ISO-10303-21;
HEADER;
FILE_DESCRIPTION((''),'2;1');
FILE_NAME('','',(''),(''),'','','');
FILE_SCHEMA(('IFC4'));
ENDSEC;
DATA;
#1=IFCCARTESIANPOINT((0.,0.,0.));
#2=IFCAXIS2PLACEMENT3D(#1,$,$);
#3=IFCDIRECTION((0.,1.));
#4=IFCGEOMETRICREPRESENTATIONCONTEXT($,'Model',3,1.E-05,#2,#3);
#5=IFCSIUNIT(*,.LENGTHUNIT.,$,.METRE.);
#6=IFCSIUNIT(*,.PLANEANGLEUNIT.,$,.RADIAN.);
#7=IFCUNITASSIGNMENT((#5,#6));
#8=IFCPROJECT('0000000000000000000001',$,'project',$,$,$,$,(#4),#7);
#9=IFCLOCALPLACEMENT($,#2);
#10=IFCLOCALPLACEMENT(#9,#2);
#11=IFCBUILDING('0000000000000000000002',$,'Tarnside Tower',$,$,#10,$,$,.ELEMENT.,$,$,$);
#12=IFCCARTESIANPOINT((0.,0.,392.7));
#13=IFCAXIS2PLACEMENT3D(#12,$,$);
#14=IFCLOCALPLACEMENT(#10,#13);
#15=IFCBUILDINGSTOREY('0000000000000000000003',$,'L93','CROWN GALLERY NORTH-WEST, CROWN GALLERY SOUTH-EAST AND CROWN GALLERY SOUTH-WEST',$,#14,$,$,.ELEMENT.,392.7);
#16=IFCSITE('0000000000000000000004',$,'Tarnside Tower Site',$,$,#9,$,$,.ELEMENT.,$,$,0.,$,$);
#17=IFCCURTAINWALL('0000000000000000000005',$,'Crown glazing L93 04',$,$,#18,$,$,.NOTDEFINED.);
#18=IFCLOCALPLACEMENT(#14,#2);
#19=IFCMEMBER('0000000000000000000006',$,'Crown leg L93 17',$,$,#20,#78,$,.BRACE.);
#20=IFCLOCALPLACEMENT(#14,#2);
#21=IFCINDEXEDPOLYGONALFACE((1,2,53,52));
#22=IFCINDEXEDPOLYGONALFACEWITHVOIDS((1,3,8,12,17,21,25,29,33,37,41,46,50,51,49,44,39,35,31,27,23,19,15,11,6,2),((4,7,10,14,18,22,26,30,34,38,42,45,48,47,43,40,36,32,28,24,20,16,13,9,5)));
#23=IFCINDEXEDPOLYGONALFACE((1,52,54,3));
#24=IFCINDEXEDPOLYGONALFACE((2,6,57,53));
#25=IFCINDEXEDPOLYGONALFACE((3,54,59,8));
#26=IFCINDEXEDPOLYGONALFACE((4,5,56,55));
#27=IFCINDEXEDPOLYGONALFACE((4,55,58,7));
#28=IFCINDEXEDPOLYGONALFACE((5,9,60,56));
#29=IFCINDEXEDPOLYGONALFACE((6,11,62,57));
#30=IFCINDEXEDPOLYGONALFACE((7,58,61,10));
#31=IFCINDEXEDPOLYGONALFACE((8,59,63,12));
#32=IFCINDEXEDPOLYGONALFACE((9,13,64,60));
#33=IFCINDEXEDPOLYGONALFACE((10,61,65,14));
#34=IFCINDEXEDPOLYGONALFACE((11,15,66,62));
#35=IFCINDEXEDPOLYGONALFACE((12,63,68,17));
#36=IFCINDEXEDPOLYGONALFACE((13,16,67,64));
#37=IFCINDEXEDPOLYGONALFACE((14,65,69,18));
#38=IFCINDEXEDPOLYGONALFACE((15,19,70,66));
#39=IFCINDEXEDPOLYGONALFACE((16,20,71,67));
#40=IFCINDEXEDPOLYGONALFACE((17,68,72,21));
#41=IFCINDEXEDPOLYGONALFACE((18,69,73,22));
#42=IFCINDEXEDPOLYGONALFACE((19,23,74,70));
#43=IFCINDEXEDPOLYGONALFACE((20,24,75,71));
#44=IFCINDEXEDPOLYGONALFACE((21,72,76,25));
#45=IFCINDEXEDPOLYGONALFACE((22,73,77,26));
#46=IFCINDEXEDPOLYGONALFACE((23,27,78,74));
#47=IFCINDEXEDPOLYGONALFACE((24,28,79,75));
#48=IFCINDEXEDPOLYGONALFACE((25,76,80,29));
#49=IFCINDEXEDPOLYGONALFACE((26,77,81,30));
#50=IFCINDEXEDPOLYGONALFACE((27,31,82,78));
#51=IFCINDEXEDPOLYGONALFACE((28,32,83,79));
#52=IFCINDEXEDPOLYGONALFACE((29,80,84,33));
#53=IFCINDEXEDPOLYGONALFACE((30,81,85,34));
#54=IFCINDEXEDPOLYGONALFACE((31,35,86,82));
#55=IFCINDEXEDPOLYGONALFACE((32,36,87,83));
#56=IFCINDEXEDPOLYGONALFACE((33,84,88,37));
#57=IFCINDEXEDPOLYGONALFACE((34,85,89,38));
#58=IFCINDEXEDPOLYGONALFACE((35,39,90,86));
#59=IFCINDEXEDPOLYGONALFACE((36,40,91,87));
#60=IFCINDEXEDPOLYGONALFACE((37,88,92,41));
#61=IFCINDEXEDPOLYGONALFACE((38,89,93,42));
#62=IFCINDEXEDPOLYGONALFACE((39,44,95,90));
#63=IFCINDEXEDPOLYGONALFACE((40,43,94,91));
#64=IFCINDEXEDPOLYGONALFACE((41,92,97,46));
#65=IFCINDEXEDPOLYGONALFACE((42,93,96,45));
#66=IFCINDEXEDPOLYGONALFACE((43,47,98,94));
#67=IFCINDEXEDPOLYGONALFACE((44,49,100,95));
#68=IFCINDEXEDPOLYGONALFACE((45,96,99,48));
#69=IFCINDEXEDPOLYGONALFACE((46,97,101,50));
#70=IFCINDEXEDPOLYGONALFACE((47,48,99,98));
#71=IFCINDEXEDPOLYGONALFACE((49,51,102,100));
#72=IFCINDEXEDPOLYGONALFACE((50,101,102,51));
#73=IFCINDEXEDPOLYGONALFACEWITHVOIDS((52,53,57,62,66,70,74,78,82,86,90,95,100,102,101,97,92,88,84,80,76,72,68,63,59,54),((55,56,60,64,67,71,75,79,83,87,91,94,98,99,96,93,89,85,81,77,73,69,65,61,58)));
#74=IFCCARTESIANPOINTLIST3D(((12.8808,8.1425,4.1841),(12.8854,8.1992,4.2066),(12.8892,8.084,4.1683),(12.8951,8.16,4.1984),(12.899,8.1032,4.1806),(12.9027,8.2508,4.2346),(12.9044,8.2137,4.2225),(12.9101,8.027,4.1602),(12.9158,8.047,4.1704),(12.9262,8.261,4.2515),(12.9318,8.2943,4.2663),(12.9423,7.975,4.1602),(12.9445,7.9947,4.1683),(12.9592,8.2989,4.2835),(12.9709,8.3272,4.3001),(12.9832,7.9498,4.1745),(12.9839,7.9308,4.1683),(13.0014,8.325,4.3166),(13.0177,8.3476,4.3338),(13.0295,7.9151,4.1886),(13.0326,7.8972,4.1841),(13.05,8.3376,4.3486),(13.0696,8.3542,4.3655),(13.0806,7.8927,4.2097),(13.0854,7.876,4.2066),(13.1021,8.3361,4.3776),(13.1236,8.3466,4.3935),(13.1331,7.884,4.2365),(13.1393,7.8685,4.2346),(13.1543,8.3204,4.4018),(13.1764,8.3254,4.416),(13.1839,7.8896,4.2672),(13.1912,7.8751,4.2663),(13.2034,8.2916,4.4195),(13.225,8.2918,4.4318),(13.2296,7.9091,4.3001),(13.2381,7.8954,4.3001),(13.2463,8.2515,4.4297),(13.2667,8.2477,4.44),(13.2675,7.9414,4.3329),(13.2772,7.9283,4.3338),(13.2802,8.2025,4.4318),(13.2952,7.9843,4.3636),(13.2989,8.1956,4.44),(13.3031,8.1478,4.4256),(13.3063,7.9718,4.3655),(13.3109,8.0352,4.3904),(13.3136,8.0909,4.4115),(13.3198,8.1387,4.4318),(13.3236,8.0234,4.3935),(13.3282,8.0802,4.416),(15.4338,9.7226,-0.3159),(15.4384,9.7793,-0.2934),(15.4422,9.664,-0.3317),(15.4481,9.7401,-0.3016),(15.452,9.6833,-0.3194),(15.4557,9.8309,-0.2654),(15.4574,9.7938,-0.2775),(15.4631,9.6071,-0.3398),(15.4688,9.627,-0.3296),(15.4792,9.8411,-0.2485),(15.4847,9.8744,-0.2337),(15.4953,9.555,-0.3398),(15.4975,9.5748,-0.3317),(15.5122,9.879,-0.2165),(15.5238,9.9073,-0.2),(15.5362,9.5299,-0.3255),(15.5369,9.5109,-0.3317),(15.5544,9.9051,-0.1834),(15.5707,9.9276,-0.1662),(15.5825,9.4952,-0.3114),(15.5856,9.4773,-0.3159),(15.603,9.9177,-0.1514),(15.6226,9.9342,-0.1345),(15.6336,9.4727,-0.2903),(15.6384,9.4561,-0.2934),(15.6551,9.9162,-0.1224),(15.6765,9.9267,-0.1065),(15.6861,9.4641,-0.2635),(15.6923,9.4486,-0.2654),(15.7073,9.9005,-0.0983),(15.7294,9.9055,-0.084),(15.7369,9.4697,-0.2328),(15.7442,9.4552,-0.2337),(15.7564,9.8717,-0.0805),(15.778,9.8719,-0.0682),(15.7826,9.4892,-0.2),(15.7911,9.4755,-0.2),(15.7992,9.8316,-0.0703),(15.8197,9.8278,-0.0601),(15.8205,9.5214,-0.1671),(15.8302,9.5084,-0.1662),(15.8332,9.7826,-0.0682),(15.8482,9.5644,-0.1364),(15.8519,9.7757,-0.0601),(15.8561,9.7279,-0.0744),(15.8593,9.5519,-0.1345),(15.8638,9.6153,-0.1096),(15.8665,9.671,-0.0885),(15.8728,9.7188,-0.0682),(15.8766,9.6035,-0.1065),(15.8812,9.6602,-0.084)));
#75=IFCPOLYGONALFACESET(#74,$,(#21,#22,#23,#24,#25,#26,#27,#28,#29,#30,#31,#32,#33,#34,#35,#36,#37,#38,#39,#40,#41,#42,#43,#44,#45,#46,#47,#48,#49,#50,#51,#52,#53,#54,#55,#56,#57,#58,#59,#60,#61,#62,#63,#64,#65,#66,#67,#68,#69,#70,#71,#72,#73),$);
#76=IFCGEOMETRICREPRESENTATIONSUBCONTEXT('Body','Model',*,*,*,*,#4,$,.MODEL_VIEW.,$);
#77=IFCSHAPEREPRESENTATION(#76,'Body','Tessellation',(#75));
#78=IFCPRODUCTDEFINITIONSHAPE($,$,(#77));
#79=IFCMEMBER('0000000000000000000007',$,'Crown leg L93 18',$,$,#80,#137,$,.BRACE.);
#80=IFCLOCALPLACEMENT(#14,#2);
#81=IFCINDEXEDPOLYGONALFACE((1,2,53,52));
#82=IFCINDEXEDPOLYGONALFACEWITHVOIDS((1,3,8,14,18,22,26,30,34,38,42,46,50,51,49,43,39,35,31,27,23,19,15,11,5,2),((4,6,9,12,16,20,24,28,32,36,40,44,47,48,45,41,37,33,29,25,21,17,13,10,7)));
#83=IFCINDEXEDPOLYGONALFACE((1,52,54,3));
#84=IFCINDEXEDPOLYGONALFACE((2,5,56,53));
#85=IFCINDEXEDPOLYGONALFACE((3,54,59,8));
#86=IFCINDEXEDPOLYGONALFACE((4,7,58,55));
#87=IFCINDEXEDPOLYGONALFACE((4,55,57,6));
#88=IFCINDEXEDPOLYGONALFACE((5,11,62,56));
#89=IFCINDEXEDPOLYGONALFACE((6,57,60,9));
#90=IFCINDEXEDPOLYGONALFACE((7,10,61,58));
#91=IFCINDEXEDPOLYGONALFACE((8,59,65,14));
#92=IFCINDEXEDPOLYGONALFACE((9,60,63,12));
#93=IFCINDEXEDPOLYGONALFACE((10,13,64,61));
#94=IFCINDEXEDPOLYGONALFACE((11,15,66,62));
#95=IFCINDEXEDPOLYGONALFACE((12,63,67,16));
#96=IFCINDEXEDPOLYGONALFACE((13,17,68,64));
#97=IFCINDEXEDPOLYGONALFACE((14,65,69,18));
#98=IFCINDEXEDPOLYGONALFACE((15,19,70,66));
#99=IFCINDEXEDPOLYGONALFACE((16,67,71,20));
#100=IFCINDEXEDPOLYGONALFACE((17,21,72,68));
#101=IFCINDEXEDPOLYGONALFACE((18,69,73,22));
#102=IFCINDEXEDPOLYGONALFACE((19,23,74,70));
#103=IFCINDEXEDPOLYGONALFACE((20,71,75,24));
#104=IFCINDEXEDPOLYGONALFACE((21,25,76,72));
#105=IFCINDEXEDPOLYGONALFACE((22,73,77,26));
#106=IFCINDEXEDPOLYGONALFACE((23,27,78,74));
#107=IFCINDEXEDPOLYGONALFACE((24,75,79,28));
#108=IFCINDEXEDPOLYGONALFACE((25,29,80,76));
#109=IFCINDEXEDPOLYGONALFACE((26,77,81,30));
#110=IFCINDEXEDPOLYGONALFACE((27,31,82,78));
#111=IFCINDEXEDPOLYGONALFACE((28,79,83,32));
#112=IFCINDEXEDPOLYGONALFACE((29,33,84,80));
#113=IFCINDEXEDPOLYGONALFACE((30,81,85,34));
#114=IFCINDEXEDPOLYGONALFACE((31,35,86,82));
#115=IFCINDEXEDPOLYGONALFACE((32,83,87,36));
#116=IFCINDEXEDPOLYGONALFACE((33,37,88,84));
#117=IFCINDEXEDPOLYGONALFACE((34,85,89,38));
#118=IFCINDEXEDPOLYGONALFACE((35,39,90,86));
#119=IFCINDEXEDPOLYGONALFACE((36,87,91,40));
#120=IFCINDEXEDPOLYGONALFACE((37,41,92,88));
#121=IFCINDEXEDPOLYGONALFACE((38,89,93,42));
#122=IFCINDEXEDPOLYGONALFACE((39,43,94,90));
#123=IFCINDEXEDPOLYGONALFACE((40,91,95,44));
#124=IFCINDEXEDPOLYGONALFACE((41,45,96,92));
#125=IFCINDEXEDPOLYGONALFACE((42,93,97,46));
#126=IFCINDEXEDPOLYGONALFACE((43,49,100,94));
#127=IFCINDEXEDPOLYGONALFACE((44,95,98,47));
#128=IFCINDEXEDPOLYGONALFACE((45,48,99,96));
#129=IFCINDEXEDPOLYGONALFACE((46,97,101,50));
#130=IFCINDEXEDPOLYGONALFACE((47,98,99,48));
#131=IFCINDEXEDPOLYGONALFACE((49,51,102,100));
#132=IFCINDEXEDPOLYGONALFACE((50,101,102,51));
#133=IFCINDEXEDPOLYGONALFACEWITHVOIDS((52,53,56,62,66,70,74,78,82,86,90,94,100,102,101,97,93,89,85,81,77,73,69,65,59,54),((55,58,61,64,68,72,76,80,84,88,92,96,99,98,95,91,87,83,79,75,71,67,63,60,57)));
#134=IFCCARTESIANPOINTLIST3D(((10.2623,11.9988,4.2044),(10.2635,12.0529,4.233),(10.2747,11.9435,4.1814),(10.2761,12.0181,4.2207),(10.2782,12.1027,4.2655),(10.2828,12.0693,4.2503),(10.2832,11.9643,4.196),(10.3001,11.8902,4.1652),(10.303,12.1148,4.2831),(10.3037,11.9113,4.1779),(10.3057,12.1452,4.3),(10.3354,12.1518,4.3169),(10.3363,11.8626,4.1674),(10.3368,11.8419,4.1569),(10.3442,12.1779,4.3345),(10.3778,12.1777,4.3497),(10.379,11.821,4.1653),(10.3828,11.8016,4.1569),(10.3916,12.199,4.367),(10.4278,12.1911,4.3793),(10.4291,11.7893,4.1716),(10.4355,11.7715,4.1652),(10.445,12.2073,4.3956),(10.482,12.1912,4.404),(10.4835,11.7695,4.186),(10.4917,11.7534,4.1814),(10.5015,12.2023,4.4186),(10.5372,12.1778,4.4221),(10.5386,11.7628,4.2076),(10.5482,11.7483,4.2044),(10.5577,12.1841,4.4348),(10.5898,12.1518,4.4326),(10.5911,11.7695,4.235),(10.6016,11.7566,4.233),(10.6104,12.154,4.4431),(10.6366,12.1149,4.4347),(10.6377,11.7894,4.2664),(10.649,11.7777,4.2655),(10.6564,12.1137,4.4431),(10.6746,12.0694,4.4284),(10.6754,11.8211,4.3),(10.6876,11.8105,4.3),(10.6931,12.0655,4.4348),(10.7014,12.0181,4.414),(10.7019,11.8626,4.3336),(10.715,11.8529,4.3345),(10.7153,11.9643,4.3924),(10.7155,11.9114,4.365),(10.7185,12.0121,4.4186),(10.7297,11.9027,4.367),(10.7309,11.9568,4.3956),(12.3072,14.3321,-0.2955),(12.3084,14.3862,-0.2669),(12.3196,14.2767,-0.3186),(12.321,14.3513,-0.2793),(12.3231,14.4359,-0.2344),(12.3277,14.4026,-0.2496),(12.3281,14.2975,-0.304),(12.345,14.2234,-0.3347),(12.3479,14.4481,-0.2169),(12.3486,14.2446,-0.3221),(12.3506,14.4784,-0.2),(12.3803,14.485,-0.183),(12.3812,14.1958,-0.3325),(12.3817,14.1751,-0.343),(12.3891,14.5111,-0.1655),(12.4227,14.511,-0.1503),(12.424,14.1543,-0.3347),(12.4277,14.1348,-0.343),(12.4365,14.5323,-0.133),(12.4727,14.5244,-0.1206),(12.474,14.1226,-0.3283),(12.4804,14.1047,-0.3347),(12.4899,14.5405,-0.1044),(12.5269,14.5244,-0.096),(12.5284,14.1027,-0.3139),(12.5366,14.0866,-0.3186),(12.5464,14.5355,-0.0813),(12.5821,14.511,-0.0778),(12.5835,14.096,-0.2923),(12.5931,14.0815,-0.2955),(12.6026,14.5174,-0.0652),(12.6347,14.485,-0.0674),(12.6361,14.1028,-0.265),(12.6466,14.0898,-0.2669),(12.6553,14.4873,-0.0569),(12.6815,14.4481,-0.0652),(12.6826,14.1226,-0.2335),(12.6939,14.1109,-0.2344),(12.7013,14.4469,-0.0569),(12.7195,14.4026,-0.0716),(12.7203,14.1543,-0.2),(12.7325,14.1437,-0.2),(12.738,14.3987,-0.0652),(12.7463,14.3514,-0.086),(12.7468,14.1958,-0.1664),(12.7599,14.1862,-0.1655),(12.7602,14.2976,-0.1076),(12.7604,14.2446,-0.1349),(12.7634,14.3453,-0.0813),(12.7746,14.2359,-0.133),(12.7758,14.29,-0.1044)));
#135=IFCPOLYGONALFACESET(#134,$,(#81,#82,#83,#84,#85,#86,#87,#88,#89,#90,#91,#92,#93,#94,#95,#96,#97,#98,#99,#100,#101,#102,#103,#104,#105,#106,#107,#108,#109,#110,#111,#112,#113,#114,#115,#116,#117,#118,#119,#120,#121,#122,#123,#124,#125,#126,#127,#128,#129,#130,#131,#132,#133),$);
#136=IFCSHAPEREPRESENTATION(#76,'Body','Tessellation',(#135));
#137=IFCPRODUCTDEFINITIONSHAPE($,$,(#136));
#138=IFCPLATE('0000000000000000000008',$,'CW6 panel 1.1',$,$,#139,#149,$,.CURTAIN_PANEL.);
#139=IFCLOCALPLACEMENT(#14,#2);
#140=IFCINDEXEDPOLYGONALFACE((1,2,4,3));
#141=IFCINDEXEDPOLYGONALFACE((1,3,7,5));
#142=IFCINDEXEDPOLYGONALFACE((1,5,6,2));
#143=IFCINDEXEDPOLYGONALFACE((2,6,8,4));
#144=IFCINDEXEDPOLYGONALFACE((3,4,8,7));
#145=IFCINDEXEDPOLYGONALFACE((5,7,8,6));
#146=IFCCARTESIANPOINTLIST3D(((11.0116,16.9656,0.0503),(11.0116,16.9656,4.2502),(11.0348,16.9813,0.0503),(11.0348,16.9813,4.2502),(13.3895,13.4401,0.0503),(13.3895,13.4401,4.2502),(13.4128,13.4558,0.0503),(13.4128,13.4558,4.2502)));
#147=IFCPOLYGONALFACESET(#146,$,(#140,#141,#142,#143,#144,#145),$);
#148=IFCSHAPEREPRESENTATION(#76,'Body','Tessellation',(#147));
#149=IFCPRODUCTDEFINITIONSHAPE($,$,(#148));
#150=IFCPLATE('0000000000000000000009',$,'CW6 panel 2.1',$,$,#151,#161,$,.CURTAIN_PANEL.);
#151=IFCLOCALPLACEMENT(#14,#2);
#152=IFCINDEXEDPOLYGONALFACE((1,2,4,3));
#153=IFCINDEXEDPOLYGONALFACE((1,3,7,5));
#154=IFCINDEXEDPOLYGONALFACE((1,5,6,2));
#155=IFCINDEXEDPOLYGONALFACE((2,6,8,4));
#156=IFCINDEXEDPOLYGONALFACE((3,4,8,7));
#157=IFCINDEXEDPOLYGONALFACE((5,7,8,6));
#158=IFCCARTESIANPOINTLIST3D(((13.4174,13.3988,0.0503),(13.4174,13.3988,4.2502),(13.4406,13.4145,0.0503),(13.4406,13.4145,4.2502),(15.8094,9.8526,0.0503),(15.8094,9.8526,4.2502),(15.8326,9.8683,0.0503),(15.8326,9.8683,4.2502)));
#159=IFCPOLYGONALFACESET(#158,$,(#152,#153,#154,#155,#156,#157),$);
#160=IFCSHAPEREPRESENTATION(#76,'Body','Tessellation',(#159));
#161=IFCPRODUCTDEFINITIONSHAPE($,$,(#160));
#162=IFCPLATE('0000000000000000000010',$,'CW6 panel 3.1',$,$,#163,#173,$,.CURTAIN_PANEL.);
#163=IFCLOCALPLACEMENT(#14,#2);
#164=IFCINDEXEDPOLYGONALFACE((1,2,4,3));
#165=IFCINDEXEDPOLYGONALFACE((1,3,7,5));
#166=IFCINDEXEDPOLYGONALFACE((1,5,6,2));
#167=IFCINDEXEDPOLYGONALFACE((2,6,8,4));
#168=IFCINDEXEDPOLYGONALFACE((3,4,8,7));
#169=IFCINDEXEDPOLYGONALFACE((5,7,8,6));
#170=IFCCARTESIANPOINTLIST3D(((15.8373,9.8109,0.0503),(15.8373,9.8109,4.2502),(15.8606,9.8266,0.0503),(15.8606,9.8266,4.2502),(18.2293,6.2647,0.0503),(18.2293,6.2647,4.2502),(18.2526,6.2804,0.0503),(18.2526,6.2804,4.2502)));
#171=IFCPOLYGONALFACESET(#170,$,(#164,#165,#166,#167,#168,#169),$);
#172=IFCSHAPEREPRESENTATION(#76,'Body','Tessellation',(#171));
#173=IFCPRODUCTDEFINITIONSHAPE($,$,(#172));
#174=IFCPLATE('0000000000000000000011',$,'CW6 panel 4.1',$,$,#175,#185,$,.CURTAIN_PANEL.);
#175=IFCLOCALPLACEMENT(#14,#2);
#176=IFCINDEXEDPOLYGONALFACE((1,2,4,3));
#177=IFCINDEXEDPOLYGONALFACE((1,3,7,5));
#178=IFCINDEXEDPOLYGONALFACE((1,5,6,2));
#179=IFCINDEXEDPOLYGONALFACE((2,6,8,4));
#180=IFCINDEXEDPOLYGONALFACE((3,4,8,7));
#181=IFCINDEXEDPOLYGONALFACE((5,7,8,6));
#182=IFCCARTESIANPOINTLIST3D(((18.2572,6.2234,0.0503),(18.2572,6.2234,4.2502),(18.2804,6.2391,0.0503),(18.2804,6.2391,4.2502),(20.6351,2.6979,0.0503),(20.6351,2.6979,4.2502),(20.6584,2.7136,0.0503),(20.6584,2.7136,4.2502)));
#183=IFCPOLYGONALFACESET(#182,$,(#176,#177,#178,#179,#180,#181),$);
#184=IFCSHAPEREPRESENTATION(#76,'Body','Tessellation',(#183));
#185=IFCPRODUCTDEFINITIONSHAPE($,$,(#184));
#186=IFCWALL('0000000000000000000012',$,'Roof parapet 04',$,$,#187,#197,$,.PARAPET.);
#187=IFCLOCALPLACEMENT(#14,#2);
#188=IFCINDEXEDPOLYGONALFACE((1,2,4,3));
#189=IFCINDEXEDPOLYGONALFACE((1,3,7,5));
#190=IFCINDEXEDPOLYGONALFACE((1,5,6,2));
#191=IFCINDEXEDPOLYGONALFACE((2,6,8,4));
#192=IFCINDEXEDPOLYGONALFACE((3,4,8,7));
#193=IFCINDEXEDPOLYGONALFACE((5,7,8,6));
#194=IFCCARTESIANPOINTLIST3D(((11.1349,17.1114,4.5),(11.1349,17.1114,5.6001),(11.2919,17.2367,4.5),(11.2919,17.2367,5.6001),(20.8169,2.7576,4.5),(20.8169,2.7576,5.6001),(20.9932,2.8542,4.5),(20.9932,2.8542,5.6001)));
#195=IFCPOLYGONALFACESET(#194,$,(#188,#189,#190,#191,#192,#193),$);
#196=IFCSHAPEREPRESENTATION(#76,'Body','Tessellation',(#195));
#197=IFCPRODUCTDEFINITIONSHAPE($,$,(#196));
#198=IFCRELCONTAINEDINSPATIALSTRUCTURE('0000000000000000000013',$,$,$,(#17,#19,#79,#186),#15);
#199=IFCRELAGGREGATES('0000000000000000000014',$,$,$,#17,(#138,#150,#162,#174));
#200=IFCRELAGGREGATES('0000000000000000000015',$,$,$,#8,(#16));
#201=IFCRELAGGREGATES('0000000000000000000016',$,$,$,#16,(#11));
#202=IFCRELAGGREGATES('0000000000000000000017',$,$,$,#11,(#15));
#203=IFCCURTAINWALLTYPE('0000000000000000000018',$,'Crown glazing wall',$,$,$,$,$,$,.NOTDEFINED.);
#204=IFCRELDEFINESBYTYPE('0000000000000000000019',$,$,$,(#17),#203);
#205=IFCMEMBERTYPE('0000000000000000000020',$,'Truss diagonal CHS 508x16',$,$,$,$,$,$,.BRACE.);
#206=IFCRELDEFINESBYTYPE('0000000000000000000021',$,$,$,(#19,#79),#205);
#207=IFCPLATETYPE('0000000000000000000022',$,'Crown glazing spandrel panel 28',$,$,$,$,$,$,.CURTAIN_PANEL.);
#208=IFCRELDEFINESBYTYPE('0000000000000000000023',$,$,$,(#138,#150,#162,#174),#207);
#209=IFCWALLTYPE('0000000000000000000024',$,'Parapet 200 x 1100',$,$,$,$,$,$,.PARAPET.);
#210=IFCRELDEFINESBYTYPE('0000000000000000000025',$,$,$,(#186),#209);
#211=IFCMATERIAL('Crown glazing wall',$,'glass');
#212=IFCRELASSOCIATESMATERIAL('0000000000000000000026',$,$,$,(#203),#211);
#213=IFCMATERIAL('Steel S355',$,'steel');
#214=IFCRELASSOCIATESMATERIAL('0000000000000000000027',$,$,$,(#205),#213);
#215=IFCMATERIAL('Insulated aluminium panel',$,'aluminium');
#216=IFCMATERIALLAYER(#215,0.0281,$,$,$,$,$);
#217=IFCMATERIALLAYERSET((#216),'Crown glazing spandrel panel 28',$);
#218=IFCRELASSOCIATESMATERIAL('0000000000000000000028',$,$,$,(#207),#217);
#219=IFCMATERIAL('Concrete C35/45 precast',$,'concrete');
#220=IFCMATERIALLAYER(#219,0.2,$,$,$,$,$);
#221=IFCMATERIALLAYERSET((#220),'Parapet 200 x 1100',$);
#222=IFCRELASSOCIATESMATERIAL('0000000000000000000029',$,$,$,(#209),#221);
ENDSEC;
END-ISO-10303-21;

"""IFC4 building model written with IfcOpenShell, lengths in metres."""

from ifc_helpers import new_model, si_unit, direction, frame, origin, origin_2d, place, context, subcontext, project, spatial, polyline, rectangle, hollow_circle, outline, extrude, material, layer, layer_set, material_profile, profile_set, type_object, element, aggregate, save


model = new_model("IFC4")

# Units and contexts
model_context = context("Model", 3, precision=1e-05, world=origin(), true_north=direction((0.0, 1.0)))
body_context = subcontext(model_context, "Body", "Model", "MODEL_VIEW")
ifc_project = project(units=[si_unit("LENGTHUNIT", "METRE"), si_unit("PLANEANGLEUNIT", "RADIAN")], contexts=[model_context])

# Site, building, storey
site_placement = place(None, origin())
site = spatial("IfcSite", under=ifc_project, at=site_placement, Name="Tarnside Tower Site", CompositionType="ELEMENT", RefElevation=0.0)
building_placement = place(site_placement, origin())
building = spatial("IfcBuilding", under=site, at=building_placement, Name="Tarnside Tower", CompositionType="ELEMENT")
storey_placement = place(building_placement, frame((0.0, 0.0, 392.7)))
storey = spatial("IfcBuildingStorey", under=building, at=storey_placement, Name="L93", Description="CROWN GALLERY NORTH-WEST, CROWN GALLERY SOUTH-EAST AND CROWN GALLERY SOUTH-WEST", CompositionType="ELEMENT", Elevation=392.7)

# Curtain wall
ifc_material_1 = material(Name="Crown glazing wall", Category="glass")
curtain_wall_type = type_object("IfcCurtainWallType", Name="Crown glazing wall", PredefinedType="NOTDEFINED", material=ifc_material_1)
curtain_wall_placement = place(storey_placement, origin())
curtain_wall = element("IfcCurtainWall", 1, at=curtain_wall_placement, inside=storey, type_object=curtain_wall_type, Name="Crown glazing L93 04", PredefinedType="NOTDEFINED")

# Shared definitions
ifc_material_2 = material(Name="Steel S355", Category="steel")

# Members
ifc_material_profile_1 = material_profile(ifc_material_2, hollow_circle(Radius=0.2539, WallThickness=0.0161, at=origin_2d()), Name="CHS 508x16")
ifc_profile_set_1 = profile_set([ifc_material_profile_1], Name="Steel S355")
member_type_1 = type_object("IfcMemberType", Name="Truss diagonal CHS 508x16", PredefinedType="BRACE", material=ifc_profile_set_1)
member_1_placement = place(storey_placement, frame((15.6575, 9.6914, -0.2), z_axis=(-0.47193, -0.292085, 0.831846), x_axis=(0.526273, -0.850315, 0.0)))
element("IfcMember", 2, at=member_1_placement, inside=storey, type_object=member_type_1, Name="Crown leg L93 17", PredefinedType="BRACE", context=body_context, shape_type="SweptSolid", body=[
    extrude(hollow_circle(Radius=0.2539, WallThickness=0.0161, at=origin_2d()), origin(), (0.0, 0.0, 1.0), 5.4097),
])
member_2_placement = place(storey_placement, frame((12.5415, 14.311, -0.2), z_axis=(-0.374125, -0.426876, 0.82329), x_axis=(0.752045, -0.659112, 0.0)))
element("IfcMember", 3, at=member_2_placement, inside=storey, type_object=member_type_1, Name="Crown leg L93 18", PredefinedType="BRACE", context=body_context, shape_type="SweptSolid", body=[
    extrude(hollow_circle(Radius=0.2539, WallThickness=0.0161, at=origin_2d()), origin(), (0.0, 0.0, 1.0), 5.4658),
])

# Plates
ifc_material_3 = material(Name="Insulated aluminium panel", Category="aluminium")
ifc_layer_1 = layer(ifc_material_3, 0.0281)
ifc_layer_set_1 = layer_set([ifc_layer_1], Name="Crown glazing spandrel panel 28")
plate_type = type_object("IfcPlateType", Name="Crown glazing spandrel panel 28", PredefinedType="CURTAIN_PANEL", material=ifc_layer_set_1)
plate_1_placement = place(storey_placement, frame((12.2122, 15.2107, 0.0503), z_axis=(0.0, 0.0, 1.0), x_axis=(0.559193, -0.829038, 0.0)))
plate_1 = element("IfcPlate", 4, at=plate_1_placement, type_object=plate_type, Name="CW6 panel 1.1", PredefinedType="CURTAIN_PANEL", context=body_context, shape_type="SweptSolid", body=[
    extrude(rectangle(XDim=4.2524, YDim=0.0281, at=origin_2d()), origin(), (0.0, 0.0, 1.0), 4.2),
])
plate_2_placement = place(storey_placement, frame((14.625, 11.6335, 0.0503), z_axis=(0.0, 0.0, 1.0), x_axis=(0.559193, -0.829038, 0.0)))
plate_2 = element("IfcPlate", 5, at=plate_2_placement, type_object=plate_type, Name="CW6 panel 2.1", PredefinedType="CURTAIN_PANEL", context=body_context, shape_type="SweptSolid", body=[
    extrude(rectangle(XDim=4.2776, YDim=0.0281, at=origin_2d()), origin(), (0.0, 0.0, 1.0), 4.2),
])
plate_3_placement = place(storey_placement, frame((17.0449, 8.0457, 0.0503), z_axis=(0.0, 0.0, 1.0), x_axis=(0.559193, -0.829038, 0.0)))
plate_3 = element("IfcPlate", 6, at=plate_3_placement, type_object=plate_type, Name="CW6 panel 3.1", PredefinedType="CURTAIN_PANEL", context=body_context, shape_type="SweptSolid", body=[
    extrude(rectangle(XDim=4.2776, YDim=0.0281, at=origin_2d()), origin(), (0.0, 0.0, 1.0), 4.2),
])
plate_4_placement = place(storey_placement, frame((19.4578, 4.4685, 0.0503), z_axis=(0.0, 0.0, 1.0), x_axis=(0.559193, -0.829038, 0.0)))
plate_4 = element("IfcPlate", 7, at=plate_4_placement, type_object=plate_type, Name="CW6 panel 4.1", PredefinedType="CURTAIN_PANEL", context=body_context, shape_type="SweptSolid", body=[
    extrude(rectangle(XDim=4.2524, YDim=0.0281, at=origin_2d()), origin(), (0.0, 0.0, 1.0), 4.2),
])
aggregate(curtain_wall, [plate_1, plate_2, plate_3, plate_4])

# Wall
ifc_material_4 = material(Name="Concrete C35/45 precast", Category="concrete")
ifc_layer_2 = layer(ifc_material_4, 0.2)
ifc_layer_set_2 = layer_set([ifc_layer_2], Name="Parapet 200 x 1100")
wall_type_1 = type_object("IfcWallType", Name="Parapet 200 x 1100", PredefinedType="PARAPET", material=ifc_layer_set_2)
wall_1_placement = place(storey_placement, frame((11.2134, 17.1741, 4.5), z_axis=(0.0, 0.0, 1.0), x_axis=(0.559201, -0.829032, 0.0)))
element("IfcWall", 8, at=wall_1_placement, inside=storey, type_object=wall_type_1, Name="Roof parapet 04", PredefinedType="PARAPET", context=body_context, shape_type="SweptSolid", body=[
    extrude(outline(polyline([(0.0081, -0.1001), (17.322, -0.1001), (17.3406, 0.1001), (-0.0081, 0.1001), (0.0081, -0.1001)])), origin(), (0.0, 0.0, 1.0), 1.1001),
])

save(model, "model.ifc")
